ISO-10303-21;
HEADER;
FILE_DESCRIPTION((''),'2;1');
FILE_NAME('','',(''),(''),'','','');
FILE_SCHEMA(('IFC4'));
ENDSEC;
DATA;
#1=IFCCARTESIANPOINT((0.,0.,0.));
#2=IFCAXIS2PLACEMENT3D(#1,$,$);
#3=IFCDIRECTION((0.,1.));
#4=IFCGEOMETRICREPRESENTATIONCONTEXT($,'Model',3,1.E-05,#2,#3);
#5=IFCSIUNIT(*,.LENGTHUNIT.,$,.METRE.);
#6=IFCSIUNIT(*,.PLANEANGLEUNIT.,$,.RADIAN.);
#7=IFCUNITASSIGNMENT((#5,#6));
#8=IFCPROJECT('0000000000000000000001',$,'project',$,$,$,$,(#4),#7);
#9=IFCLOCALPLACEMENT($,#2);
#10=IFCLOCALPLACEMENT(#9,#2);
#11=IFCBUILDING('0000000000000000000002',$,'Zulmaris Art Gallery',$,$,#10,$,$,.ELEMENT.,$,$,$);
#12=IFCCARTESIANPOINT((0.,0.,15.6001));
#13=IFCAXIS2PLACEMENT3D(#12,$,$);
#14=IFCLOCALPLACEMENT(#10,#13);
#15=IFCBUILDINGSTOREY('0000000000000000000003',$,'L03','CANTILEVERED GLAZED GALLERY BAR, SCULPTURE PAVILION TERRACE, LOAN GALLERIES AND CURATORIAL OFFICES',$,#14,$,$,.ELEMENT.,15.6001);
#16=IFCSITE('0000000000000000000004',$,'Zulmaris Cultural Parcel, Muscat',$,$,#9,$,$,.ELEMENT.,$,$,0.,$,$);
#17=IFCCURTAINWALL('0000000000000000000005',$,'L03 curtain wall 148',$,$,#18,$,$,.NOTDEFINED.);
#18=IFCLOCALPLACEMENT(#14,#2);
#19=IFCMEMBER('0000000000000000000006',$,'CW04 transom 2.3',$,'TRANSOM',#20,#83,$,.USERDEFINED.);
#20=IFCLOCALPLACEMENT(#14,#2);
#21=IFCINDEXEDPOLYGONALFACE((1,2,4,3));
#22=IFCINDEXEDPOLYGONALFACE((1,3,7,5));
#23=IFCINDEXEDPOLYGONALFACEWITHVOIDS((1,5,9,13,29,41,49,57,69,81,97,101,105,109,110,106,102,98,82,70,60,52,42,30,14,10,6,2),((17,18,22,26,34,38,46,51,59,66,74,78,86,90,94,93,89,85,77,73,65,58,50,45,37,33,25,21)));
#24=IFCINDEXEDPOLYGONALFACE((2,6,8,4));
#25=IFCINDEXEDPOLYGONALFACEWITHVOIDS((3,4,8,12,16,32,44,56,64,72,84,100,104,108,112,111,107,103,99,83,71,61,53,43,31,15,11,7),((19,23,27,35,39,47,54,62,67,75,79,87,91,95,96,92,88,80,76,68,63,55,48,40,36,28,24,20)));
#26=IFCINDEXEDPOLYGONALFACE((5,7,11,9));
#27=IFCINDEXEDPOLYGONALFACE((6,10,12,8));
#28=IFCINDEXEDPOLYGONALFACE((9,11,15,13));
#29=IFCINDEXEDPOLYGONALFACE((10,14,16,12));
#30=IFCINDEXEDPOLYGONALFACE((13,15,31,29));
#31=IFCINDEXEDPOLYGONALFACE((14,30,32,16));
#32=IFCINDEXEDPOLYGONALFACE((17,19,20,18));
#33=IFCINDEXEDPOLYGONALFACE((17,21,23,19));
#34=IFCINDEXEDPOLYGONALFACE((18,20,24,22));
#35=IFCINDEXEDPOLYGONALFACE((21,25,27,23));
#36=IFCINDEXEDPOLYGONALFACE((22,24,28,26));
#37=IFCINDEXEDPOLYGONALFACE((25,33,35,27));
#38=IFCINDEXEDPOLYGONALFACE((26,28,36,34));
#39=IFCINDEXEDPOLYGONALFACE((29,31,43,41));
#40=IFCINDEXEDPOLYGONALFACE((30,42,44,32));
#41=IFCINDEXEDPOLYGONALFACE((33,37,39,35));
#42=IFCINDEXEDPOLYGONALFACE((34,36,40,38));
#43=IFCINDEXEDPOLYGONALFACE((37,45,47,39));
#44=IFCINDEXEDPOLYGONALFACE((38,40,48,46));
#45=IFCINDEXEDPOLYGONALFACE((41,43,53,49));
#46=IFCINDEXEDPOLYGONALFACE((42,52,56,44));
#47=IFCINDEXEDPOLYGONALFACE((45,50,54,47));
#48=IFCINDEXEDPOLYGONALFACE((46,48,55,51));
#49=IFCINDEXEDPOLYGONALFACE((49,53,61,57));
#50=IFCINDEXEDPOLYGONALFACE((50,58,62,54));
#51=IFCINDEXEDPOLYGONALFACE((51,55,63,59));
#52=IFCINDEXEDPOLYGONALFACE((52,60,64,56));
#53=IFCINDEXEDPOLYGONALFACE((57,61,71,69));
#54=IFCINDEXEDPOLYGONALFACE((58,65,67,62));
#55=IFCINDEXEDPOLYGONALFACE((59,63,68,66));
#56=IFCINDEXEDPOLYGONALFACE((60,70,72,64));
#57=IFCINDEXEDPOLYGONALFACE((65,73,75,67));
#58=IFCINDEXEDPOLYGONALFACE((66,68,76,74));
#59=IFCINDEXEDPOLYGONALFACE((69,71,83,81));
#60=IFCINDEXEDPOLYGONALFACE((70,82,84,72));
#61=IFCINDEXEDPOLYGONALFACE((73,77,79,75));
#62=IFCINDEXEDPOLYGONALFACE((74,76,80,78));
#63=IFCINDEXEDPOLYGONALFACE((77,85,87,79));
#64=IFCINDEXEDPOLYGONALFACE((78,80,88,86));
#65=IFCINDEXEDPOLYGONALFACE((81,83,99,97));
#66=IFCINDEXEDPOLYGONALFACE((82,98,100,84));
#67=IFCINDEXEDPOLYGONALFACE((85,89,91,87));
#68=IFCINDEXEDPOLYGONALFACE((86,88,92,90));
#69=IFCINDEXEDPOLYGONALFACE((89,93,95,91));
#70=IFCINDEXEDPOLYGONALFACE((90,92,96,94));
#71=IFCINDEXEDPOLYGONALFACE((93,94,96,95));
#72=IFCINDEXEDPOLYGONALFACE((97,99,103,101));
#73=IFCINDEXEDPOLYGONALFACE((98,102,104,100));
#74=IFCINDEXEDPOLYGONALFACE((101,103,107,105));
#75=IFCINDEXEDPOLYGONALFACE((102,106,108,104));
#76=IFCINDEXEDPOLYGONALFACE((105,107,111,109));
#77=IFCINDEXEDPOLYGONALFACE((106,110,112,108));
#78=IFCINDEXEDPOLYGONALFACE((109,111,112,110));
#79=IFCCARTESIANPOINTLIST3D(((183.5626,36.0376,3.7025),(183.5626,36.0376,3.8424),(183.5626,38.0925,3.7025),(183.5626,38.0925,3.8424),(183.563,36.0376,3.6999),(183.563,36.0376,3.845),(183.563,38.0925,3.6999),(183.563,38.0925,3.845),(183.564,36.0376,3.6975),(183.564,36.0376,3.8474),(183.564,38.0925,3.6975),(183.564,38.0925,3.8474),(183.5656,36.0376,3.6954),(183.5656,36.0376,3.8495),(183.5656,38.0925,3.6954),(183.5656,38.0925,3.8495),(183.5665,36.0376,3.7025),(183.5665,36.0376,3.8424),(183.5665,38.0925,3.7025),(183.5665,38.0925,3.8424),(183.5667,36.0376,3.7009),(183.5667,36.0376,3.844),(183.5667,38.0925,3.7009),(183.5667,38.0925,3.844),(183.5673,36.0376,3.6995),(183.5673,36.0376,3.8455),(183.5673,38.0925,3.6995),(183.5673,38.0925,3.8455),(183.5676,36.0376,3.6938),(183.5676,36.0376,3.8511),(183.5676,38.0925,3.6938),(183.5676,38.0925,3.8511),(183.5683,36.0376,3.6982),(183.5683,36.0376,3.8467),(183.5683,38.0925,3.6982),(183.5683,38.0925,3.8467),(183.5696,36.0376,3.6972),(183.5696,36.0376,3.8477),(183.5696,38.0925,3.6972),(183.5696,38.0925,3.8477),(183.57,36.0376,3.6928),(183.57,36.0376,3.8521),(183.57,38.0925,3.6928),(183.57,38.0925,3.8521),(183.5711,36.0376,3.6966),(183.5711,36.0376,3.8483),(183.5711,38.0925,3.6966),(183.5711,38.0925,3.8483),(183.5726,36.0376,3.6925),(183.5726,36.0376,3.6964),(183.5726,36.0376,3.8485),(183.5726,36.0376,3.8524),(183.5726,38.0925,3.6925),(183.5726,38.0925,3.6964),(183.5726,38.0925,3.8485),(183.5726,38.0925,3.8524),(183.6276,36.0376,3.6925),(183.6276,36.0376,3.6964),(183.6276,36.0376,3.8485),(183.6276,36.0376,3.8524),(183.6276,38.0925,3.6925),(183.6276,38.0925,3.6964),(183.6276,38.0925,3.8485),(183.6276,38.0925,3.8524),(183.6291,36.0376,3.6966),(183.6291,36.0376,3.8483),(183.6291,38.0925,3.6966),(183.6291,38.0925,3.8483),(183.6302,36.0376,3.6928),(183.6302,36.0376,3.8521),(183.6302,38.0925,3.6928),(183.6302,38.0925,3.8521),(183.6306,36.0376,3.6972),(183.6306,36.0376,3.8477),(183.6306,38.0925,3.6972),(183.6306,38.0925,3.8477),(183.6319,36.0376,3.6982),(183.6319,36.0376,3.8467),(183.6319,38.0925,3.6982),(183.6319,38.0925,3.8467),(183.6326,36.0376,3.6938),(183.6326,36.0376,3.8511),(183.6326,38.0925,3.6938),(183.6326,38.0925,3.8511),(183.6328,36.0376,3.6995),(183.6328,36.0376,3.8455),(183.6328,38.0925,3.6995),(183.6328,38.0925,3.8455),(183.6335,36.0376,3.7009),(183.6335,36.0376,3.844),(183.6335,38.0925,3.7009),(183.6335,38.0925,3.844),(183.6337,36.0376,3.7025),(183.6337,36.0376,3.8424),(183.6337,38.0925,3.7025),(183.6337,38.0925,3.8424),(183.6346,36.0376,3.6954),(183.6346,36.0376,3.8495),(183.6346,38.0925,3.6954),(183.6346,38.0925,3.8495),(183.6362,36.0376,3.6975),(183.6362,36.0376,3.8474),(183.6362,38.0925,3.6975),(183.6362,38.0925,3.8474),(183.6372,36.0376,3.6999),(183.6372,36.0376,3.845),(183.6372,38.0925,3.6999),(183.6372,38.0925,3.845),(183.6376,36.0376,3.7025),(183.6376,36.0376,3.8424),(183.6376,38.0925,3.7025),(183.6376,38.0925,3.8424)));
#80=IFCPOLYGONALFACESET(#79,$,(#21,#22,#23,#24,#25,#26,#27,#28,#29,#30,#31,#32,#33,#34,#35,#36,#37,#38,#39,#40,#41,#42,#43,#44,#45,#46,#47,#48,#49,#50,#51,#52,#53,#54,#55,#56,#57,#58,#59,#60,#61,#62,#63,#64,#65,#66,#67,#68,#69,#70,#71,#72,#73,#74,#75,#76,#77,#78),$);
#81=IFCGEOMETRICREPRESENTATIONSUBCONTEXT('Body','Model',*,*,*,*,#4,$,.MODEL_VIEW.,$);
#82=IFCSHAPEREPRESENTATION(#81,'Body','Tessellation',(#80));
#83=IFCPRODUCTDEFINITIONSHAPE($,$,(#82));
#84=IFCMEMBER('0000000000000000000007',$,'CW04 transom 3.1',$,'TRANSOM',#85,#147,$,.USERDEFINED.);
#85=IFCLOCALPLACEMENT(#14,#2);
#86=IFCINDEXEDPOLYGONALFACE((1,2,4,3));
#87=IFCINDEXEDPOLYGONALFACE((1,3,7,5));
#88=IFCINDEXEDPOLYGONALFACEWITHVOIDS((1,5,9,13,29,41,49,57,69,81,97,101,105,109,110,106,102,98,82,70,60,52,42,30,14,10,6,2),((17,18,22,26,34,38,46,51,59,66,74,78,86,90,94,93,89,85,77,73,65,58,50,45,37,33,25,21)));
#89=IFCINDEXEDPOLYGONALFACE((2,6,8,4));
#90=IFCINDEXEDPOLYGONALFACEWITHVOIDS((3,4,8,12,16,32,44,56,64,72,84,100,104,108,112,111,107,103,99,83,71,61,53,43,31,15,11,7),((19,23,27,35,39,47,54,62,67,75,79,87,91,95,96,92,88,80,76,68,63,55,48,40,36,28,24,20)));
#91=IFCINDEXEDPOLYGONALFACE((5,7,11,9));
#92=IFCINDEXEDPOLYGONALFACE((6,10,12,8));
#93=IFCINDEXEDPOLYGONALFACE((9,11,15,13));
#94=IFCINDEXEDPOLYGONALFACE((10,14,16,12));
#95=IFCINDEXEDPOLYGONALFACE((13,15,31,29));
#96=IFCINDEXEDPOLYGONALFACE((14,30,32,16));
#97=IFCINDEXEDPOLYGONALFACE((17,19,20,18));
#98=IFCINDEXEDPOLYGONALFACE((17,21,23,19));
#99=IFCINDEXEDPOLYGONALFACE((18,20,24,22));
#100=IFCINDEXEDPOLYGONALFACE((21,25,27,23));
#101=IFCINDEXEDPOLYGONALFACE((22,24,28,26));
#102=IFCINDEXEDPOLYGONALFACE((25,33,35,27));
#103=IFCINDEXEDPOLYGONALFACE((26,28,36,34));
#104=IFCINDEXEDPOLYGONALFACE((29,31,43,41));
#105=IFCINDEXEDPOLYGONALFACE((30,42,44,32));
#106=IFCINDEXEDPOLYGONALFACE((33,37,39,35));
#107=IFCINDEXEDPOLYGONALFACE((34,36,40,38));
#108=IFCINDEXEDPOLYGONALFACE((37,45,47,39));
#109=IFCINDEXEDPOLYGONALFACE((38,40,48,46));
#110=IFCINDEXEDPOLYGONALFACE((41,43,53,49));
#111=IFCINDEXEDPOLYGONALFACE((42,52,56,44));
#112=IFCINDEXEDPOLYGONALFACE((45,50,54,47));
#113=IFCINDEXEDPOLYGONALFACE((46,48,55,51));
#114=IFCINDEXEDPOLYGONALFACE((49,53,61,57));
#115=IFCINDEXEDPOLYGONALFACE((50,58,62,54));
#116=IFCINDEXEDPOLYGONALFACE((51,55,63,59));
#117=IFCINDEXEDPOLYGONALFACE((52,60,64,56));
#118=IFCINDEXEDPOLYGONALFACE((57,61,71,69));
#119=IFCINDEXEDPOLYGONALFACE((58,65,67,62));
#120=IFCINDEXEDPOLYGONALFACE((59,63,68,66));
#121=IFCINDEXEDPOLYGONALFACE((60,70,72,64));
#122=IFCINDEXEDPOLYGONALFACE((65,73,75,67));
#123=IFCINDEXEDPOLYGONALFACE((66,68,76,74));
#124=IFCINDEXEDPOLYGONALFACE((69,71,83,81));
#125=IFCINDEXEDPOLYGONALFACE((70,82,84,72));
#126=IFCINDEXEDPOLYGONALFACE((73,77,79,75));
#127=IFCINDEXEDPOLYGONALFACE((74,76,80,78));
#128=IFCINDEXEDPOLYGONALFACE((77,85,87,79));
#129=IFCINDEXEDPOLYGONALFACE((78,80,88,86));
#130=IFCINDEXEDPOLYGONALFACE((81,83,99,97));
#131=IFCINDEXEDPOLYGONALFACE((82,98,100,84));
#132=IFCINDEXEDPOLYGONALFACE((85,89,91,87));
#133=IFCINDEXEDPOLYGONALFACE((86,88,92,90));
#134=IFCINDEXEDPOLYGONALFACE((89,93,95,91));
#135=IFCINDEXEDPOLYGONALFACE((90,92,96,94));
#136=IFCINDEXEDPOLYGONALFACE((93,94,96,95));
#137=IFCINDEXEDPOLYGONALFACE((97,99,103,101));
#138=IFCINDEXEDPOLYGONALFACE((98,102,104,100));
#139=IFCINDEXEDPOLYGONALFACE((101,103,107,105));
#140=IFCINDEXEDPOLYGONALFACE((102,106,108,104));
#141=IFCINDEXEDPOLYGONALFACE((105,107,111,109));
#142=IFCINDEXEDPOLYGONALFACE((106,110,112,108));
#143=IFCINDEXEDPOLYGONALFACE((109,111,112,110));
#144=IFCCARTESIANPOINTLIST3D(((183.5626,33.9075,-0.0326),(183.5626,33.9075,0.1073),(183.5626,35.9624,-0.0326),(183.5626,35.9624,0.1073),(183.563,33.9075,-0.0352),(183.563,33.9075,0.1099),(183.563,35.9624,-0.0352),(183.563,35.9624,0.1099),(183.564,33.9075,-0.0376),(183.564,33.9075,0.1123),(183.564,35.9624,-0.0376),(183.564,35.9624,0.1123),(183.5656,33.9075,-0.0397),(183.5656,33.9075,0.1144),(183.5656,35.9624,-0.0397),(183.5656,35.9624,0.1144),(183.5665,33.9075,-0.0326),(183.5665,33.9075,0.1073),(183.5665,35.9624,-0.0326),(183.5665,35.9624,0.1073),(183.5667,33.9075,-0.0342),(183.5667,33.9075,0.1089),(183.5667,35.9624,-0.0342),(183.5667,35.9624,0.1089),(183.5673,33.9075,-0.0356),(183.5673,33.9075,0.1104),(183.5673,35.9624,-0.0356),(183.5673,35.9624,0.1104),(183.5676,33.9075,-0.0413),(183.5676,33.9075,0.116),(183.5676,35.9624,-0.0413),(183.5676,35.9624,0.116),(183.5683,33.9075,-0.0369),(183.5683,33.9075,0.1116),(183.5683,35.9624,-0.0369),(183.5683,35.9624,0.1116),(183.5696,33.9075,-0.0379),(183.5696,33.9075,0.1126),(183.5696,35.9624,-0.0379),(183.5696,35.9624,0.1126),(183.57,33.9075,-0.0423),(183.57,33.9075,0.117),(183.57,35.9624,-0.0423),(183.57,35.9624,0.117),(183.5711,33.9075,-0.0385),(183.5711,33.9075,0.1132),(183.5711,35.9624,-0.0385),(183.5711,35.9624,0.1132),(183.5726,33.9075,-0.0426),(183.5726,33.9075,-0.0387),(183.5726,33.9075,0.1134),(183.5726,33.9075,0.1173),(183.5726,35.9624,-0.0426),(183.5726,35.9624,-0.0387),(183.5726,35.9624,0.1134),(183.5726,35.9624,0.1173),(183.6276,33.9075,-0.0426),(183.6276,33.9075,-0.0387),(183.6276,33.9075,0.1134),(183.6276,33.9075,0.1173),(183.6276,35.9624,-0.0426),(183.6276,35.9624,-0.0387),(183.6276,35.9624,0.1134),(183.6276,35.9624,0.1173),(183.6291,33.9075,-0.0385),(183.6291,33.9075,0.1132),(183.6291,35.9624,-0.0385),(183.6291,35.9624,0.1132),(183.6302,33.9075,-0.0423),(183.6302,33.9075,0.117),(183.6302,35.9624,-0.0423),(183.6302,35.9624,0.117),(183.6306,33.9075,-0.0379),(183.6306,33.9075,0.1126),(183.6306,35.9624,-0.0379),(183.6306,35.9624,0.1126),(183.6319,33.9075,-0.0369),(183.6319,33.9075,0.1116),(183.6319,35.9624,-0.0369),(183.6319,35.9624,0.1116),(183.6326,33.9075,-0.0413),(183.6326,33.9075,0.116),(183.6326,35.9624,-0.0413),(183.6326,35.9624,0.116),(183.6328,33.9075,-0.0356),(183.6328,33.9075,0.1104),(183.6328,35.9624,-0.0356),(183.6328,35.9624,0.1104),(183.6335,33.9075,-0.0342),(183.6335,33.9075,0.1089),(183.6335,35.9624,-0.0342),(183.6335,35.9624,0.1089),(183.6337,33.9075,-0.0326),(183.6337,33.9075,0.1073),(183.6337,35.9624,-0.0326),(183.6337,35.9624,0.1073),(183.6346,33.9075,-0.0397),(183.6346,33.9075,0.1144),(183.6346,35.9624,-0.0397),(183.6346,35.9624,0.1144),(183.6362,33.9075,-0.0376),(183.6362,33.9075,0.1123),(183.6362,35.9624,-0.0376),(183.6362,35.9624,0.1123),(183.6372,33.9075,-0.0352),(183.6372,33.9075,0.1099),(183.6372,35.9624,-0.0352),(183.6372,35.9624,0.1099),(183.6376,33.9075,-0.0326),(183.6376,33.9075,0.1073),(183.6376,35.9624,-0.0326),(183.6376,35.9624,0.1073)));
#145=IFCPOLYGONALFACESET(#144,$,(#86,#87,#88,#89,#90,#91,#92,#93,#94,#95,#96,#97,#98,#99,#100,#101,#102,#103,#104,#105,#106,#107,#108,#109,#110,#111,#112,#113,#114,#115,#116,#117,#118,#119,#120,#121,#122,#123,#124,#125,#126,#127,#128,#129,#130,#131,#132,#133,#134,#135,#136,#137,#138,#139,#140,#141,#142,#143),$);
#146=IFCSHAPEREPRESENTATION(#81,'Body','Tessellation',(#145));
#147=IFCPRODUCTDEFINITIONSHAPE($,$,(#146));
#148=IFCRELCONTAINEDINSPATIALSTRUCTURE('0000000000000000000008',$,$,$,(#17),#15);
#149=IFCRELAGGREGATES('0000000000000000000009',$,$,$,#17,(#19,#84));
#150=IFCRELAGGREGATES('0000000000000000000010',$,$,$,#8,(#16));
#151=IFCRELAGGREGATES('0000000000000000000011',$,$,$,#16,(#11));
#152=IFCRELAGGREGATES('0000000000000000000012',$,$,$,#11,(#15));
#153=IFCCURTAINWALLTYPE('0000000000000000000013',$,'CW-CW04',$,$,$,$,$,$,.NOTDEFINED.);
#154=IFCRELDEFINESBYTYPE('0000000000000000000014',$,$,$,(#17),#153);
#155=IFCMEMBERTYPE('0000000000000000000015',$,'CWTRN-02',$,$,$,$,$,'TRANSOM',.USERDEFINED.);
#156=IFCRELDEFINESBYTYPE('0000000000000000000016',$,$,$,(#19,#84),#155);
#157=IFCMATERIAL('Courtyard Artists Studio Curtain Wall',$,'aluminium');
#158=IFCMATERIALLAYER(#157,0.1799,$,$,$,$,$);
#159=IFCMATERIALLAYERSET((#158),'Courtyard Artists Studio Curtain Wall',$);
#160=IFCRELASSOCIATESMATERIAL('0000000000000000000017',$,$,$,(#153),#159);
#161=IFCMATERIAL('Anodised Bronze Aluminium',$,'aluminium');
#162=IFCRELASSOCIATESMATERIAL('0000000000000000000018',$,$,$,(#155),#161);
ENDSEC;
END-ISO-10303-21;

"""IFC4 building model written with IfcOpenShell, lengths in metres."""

from ifc_helpers import new_model, si_unit, direction, frame, origin, origin_2d, place, context, subcontext, project, spatial, hollow_rectangle, extrude, material, layer, layer_set, material_profile, profile_set, type_object, element, aggregate, save


model = new_model("IFC4")

# Units and contexts
model_context = context("Model", 3, precision=1e-05, world=origin(), true_north=direction((0.0, 1.0)))
body_context = subcontext(model_context, "Body", "Model", "MODEL_VIEW")
ifc_project = project(units=[si_unit("LENGTHUNIT", "METRE"), si_unit("PLANEANGLEUNIT", "RADIAN")], contexts=[model_context])

# Site, building, storey
site_placement = place(None, origin())
site = spatial("IfcSite", under=ifc_project, at=site_placement, Name="Zulmaris Cultural Parcel, Muscat", CompositionType="ELEMENT", RefElevation=0.0)
building_placement = place(site_placement, origin())
building = spatial("IfcBuilding", under=site, at=building_placement, Name="Zulmaris Art Gallery", CompositionType="ELEMENT")
storey_placement = place(building_placement, frame((0.0, 0.0, 15.6001)))
storey = spatial("IfcBuildingStorey", under=building, at=storey_placement, Name="L03", Description="CANTILEVERED GLAZED GALLERY BAR, SCULPTURE PAVILION TERRACE, LOAN GALLERIES AND CURATORIAL OFFICES", CompositionType="ELEMENT", Elevation=15.6001)

# Curtain wall
ifc_material_1 = material(Name="Courtyard Artists Studio Curtain Wall", Category="aluminium")
ifc_layer_1 = layer(ifc_material_1, 0.1799)
ifc_layer_set_1 = layer_set([ifc_layer_1], Name="Courtyard Artists Studio Curtain Wall")
curtain_wall_type = type_object("IfcCurtainWallType", Name="CW-CW04", PredefinedType="NOTDEFINED", material=ifc_layer_set_1)
curtain_wall_1_placement = place(storey_placement, origin())
curtain_wall_1 = element("IfcCurtainWall", 1, at=curtain_wall_1_placement, inside=storey, type_object=curtain_wall_type, Name="L03 curtain wall 148", PredefinedType="NOTDEFINED")
ifc_material_2 = material(Name="Anodised Bronze Aluminium", Category="aluminium")

# Members
ifc_material_profile_1 = material_profile(ifc_material_2, hollow_rectangle(XDim=0.075, YDim=0.1599, WallThickness=0.0039, InnerFilletRadius=0.0061, OuterFilletRadius=0.01, at=origin_2d()), Name="ALU 75x160x4")
ifc_profile_set_1 = profile_set([ifc_material_profile_1], Name="Anodised Bronze Aluminium")
member_type_1 = type_object("IfcMemberType", Name="CWTRN-02", ElementType="TRANSOM", PredefinedType="USERDEFINED", material=ifc_profile_set_1)
member_1_placement = place(storey_placement, frame((183.6001, 38.0925, 3.7725), z_axis=(0.0, -1.0, 0.0), x_axis=(1.0, 0.0, 0.0)))
member_1 = element("IfcMember", 2, at=member_1_placement, type_object=member_type_1, Name="CW04 transom 2.3", ObjectType="TRANSOM", PredefinedType="USERDEFINED", context=body_context, shape_type="SweptSolid", body=[
    extrude(hollow_rectangle(XDim=0.075, YDim=0.1599, WallThickness=0.0039, InnerFilletRadius=0.0061, OuterFilletRadius=0.01, at=origin_2d()), origin(), (0.0, 0.0, 1.0), 2.0549),
])
member_2_placement = place(storey_placement, frame((183.6001, 35.9624, 0.0374), z_axis=(0.0, -1.0, 0.0), x_axis=(1.0, 0.0, 0.0)))
member_2 = element("IfcMember", 3, at=member_2_placement, type_object=member_type_1, Name="CW04 transom 3.1", ObjectType="TRANSOM", PredefinedType="USERDEFINED", context=body_context, shape_type="SweptSolid", body=[
    extrude(hollow_rectangle(XDim=0.075, YDim=0.1599, WallThickness=0.0039, InnerFilletRadius=0.0061, OuterFilletRadius=0.01, at=origin_2d()), origin(), (0.0, 0.0, 1.0), 2.0549),
])

aggregate(curtain_wall_1, [member_1, member_2])

save(model, "model.ifc")
